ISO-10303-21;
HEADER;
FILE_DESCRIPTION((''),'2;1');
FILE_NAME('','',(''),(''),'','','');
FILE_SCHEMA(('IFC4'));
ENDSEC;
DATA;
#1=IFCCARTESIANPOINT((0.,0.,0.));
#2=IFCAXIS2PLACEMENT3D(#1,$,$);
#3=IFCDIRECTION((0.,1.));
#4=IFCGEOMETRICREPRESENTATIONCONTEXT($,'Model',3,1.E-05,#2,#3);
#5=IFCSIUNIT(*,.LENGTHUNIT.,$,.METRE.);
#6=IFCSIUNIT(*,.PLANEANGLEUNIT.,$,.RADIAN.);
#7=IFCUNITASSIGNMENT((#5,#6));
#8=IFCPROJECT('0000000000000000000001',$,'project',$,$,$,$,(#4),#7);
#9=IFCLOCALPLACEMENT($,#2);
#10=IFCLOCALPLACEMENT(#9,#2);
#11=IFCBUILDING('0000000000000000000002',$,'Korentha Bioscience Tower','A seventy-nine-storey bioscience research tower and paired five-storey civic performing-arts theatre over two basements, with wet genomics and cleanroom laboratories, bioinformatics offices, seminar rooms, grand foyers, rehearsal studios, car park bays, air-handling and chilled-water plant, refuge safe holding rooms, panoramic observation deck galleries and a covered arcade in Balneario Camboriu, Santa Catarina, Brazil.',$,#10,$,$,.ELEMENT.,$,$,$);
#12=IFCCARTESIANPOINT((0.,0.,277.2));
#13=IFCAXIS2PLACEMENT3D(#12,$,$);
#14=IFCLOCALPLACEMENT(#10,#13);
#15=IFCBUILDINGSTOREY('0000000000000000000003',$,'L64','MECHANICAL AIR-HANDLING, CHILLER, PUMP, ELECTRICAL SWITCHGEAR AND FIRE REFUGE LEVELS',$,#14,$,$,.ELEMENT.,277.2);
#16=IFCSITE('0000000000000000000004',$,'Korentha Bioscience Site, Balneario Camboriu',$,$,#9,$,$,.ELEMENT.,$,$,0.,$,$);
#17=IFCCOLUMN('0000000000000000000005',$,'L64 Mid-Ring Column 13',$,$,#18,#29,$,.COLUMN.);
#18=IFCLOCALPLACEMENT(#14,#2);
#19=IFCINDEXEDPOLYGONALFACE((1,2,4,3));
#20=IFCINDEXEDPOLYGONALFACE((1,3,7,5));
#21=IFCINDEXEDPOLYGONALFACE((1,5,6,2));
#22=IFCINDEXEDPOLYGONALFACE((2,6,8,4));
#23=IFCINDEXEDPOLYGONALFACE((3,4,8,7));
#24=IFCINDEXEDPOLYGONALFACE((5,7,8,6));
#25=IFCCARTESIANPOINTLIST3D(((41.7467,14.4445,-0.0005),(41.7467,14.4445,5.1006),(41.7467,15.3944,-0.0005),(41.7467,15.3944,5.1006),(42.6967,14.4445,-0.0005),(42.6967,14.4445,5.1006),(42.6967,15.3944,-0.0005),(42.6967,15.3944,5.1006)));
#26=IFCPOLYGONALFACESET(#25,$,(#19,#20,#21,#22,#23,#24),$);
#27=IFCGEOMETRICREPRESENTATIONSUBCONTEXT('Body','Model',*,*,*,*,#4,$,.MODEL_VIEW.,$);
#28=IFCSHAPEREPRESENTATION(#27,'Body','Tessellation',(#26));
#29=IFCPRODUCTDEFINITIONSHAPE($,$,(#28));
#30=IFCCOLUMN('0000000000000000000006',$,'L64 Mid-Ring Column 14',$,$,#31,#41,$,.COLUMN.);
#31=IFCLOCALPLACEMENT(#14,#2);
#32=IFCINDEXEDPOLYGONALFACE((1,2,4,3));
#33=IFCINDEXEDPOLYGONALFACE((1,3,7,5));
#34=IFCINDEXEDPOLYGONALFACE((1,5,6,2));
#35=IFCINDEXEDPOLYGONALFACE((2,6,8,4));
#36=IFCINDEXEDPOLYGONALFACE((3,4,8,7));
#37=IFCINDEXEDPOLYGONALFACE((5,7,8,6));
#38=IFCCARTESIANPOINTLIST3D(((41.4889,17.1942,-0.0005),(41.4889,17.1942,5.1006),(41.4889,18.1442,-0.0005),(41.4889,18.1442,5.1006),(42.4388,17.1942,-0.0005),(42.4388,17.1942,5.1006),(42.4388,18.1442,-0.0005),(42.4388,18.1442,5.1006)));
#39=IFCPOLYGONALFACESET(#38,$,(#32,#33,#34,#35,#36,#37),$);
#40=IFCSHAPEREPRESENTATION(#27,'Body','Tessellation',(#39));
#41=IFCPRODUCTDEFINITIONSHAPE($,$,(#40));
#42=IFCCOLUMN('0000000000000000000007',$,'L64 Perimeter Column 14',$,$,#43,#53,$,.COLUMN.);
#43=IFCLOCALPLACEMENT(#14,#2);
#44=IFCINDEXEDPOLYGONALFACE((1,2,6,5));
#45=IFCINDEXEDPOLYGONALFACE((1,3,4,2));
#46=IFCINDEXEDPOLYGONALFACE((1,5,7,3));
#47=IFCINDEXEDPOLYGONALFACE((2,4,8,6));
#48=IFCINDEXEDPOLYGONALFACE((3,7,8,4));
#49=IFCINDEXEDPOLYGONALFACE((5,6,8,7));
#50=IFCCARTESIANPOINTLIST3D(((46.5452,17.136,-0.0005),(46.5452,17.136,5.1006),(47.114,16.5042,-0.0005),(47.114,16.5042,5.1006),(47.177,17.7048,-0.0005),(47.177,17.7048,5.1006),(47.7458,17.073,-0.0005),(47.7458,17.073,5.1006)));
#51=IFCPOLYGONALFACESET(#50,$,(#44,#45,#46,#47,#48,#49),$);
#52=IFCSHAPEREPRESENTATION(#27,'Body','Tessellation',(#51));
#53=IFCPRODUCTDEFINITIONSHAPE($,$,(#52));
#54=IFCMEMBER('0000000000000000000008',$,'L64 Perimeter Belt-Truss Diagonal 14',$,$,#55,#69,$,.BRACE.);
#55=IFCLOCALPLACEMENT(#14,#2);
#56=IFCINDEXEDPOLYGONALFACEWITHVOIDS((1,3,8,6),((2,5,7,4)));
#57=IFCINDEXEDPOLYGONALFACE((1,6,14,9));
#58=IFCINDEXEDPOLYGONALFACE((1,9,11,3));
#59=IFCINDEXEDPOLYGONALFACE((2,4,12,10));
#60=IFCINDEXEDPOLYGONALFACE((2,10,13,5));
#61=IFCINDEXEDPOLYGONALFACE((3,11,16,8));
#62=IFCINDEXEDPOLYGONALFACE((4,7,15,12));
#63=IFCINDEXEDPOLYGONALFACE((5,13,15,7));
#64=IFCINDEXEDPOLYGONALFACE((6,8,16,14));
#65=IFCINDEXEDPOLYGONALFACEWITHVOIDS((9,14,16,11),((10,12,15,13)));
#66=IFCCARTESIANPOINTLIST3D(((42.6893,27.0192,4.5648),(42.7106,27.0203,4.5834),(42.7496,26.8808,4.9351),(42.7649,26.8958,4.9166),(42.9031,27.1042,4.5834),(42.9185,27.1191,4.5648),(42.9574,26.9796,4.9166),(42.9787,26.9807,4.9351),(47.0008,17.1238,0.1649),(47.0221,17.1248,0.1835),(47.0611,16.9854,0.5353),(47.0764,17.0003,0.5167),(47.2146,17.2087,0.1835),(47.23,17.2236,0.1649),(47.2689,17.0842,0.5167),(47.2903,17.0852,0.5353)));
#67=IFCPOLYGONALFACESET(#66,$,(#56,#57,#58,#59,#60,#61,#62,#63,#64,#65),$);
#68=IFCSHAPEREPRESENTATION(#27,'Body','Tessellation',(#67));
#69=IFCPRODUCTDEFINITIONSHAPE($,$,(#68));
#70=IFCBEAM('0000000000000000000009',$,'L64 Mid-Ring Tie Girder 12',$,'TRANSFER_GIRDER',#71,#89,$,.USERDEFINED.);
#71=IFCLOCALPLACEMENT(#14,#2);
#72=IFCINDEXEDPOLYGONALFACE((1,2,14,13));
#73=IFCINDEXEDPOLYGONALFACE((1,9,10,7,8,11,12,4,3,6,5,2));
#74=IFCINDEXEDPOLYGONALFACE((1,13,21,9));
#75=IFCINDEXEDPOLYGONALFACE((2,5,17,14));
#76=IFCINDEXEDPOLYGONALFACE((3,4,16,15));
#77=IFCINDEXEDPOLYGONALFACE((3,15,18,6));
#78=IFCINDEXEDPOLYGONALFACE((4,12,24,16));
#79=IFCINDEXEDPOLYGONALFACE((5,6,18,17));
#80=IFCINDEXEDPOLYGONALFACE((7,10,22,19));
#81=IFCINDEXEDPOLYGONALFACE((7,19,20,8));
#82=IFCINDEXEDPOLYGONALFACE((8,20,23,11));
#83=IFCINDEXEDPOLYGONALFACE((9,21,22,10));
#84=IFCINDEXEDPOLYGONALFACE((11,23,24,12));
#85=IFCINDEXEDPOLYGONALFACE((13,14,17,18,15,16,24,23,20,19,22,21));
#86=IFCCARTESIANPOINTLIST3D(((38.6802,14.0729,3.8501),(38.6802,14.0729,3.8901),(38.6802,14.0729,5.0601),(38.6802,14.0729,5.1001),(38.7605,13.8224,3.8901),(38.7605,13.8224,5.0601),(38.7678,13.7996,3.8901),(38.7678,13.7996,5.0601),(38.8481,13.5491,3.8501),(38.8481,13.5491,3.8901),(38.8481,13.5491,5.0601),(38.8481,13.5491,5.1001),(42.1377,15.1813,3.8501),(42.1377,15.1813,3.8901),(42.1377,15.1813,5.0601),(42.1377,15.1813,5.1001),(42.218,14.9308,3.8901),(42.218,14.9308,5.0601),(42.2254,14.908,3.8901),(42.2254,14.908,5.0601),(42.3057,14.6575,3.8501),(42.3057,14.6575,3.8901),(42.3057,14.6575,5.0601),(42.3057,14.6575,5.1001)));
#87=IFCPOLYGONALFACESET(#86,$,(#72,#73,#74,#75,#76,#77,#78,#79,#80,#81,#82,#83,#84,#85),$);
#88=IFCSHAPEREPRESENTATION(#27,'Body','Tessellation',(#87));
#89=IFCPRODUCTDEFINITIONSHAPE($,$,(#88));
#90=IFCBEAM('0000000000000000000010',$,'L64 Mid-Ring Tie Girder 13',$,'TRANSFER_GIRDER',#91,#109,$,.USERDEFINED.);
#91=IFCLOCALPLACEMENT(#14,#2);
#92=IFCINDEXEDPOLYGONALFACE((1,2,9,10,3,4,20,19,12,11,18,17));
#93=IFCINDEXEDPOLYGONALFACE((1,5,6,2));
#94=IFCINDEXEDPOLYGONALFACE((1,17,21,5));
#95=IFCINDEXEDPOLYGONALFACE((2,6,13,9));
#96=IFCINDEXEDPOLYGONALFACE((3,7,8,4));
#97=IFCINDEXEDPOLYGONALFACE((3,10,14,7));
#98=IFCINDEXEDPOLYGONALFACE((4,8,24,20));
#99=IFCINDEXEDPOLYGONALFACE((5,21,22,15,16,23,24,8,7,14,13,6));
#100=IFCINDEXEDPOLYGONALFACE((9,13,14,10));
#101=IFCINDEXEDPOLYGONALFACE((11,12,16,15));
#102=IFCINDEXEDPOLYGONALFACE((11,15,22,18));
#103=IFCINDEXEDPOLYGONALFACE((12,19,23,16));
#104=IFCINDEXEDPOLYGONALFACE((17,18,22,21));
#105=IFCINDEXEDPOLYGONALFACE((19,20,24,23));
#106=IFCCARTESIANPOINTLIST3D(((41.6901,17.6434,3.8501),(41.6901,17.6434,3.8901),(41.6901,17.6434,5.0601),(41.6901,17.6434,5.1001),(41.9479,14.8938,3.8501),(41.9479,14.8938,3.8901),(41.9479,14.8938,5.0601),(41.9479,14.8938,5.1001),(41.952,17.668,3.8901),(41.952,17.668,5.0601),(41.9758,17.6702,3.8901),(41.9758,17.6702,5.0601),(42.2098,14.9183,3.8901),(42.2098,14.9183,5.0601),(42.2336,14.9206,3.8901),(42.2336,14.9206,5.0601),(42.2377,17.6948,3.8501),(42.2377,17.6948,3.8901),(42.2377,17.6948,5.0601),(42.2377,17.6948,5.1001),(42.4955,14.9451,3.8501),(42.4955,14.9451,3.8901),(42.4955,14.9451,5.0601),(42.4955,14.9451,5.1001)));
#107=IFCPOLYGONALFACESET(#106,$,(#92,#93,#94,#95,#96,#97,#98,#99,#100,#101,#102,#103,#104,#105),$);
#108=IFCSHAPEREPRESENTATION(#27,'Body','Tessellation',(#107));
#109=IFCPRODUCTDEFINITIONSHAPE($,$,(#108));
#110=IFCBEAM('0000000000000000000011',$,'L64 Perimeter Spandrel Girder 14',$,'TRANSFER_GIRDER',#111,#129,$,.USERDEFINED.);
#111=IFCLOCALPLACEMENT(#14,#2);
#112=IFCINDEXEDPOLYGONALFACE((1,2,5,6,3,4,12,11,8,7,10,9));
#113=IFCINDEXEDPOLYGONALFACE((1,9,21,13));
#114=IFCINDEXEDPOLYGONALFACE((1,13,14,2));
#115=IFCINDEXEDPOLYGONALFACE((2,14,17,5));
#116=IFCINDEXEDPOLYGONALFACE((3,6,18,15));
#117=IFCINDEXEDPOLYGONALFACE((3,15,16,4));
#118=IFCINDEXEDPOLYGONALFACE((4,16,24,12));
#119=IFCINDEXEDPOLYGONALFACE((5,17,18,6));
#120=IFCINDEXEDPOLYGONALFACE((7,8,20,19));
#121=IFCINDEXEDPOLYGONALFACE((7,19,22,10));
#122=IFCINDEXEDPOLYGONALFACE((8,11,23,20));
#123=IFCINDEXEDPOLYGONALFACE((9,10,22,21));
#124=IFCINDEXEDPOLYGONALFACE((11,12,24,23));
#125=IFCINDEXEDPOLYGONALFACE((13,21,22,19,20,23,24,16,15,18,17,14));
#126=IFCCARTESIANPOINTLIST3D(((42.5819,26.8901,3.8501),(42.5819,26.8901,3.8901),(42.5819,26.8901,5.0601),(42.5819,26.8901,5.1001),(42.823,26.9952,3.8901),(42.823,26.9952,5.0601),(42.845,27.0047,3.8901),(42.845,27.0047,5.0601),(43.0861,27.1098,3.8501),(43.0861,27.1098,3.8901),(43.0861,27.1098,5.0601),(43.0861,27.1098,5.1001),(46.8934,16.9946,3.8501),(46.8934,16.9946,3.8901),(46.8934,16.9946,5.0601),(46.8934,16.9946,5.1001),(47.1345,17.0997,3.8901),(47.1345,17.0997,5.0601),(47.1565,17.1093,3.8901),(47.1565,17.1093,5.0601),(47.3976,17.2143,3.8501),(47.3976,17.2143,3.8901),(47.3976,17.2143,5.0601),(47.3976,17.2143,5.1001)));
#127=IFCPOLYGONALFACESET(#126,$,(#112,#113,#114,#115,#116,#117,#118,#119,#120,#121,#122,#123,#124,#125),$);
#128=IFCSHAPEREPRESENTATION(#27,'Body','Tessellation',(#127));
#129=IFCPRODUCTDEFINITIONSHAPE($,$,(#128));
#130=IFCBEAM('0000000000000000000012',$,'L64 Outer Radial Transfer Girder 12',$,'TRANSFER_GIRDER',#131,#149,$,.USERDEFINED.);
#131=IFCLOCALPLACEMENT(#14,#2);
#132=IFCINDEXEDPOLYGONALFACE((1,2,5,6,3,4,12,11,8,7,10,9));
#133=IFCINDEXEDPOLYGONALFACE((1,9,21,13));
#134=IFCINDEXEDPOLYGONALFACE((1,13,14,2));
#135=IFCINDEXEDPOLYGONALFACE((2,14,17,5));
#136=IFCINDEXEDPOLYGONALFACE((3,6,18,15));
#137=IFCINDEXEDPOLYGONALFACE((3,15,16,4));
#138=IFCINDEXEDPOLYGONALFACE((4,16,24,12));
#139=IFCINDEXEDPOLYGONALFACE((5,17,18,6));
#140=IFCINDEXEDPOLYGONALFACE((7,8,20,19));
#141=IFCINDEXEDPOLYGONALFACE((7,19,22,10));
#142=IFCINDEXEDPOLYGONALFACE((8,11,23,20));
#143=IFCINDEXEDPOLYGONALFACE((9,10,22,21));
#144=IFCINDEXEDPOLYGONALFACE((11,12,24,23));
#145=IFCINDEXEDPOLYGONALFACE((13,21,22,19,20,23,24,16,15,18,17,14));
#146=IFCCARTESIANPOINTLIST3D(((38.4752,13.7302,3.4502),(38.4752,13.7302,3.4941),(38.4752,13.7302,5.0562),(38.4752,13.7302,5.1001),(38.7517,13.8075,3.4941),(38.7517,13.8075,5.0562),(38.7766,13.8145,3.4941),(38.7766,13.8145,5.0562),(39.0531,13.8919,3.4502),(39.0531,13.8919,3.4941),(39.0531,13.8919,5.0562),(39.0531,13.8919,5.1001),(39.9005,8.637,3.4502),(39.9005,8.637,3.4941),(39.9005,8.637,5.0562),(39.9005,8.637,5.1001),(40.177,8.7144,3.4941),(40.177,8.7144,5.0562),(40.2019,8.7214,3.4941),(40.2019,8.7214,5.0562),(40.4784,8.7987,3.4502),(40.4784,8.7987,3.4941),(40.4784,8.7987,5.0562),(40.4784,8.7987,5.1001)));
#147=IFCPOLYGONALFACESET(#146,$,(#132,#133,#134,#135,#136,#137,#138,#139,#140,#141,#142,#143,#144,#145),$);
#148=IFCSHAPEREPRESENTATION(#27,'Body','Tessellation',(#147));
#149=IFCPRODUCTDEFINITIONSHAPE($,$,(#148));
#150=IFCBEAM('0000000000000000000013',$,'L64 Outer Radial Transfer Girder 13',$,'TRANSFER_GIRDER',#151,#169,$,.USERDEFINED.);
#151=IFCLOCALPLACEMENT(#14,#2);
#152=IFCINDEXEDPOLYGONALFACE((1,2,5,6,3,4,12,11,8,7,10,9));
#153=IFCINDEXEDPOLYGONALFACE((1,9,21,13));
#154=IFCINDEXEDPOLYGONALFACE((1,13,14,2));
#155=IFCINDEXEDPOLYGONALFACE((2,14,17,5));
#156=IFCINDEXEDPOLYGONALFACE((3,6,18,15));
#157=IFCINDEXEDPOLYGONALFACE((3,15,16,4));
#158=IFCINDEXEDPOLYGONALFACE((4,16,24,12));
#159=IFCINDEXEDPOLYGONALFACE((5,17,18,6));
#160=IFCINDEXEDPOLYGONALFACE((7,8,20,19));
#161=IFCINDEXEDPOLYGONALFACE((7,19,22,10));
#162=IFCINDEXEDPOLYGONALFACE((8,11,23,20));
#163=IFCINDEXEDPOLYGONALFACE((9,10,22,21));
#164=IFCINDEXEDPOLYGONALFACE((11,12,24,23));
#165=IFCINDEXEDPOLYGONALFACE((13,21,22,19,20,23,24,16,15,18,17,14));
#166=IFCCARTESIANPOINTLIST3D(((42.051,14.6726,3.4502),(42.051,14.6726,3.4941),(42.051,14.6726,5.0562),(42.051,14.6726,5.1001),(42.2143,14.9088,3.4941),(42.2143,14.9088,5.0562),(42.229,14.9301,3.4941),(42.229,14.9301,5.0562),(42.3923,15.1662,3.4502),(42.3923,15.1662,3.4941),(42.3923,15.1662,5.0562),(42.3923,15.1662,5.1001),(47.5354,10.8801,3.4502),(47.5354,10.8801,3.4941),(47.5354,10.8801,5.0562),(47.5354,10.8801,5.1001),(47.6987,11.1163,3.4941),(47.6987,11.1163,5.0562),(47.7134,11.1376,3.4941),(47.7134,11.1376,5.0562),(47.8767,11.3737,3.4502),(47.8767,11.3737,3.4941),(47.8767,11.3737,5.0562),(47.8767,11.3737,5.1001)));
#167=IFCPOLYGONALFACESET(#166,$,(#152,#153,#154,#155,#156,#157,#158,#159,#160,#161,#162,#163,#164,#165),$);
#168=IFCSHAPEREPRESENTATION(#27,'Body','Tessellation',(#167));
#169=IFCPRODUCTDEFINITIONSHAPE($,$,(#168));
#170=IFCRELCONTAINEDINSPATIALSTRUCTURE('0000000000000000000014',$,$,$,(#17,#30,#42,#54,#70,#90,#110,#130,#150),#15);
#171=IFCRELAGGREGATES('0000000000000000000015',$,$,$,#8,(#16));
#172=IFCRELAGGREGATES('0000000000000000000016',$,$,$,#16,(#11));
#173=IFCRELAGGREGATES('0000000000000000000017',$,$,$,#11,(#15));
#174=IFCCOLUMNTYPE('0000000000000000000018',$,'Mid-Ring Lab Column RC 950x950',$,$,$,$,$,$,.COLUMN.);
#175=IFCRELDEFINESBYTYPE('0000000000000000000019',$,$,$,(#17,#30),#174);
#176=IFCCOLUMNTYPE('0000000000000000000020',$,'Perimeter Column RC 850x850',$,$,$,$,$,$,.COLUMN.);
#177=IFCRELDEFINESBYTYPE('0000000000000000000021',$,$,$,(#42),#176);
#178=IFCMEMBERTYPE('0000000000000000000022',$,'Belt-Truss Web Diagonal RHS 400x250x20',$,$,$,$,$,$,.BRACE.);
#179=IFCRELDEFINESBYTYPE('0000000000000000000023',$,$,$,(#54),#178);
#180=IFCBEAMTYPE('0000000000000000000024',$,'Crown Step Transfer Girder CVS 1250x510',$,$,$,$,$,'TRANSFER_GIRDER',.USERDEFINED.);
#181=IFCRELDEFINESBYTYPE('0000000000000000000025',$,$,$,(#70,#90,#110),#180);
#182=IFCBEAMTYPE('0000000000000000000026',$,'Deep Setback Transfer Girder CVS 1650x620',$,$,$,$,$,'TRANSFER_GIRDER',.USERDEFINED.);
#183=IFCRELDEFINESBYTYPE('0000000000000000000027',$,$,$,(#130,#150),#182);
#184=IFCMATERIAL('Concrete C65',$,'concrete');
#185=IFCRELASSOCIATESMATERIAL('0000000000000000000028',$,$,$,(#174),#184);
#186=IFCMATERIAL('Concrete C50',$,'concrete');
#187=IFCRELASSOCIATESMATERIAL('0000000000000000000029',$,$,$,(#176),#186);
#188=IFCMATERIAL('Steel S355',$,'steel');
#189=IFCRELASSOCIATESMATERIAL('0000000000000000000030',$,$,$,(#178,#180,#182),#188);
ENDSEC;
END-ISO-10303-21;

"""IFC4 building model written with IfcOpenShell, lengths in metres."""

from ifc_helpers import new_model, si_unit, direction, frame, origin, origin_2d, place, context, subcontext, project, spatial, rectangle, hollow_rectangle, i_section, extrude, material, material_profile, profile_set, type_object, element, save


model = new_model("IFC4")

# Units and contexts
model_context = context("Model", 3, precision=1e-05, world=origin(), true_north=direction((0.0, 1.0)))
body_context = subcontext(model_context, "Body", "Model", "MODEL_VIEW")
ifc_project = project(units=[si_unit("LENGTHUNIT", "METRE"), si_unit("PLANEANGLEUNIT", "RADIAN")], contexts=[model_context])

# Site, building, storey
site_placement = place(None, origin())
site = spatial("IfcSite", under=ifc_project, at=site_placement, Name="Korentha Bioscience Site, Balneario Camboriu", CompositionType="ELEMENT", RefElevation=0.0)
building_placement = place(site_placement, origin())
building = spatial("IfcBuilding", under=site, at=building_placement, Name="Korentha Bioscience Tower", Description="A seventy-nine-storey bioscience research tower and paired five-storey civic performing-arts theatre over two basements, with wet genomics and cleanroom laboratories, bioinformatics offices, seminar rooms, grand foyers, rehearsal studios, car park bays, air-handling and chilled-water plant, refuge safe holding rooms, panoramic observation deck galleries and a covered arcade in Balneario Camboriu, Santa Catarina, Brazil.", CompositionType="ELEMENT")
storey_placement = place(building_placement, frame((0.0, 0.0, 277.2)))
storey = spatial("IfcBuildingStorey", under=building, at=storey_placement, Name="L64", Description="MECHANICAL AIR-HANDLING, CHILLER, PUMP, ELECTRICAL SWITCHGEAR AND FIRE REFUGE LEVELS", CompositionType="ELEMENT", Elevation=277.2)

# Columns
ifc_material_1 = material(Name="Concrete C65", Category="concrete")
ifc_material_profile_1 = material_profile(ifc_material_1, rectangle(XDim=0.95, YDim=0.95, at=origin_2d()), Name="Concrete C65")
ifc_profile_set_1 = profile_set([ifc_material_profile_1], Name="Concrete C65 (COL-MR09)")
column_type_1 = type_object("IfcColumnType", Name="Mid-Ring Lab Column RC 950x950", PredefinedType="COLUMN", material=ifc_profile_set_1)
for number, where, z_axis, x_axis, name in (
    (1, (42.2217, 14.9194, -0.0005), (0.0, 0.0, 1.0), (1.0, 0.0, 0.0), "L64 Mid-Ring Column 13"),
    (2, (41.9639, 17.6692, -0.0005), (0.0, 0.0, 1.0), (1.0, 0.0, 0.0), "L64 Mid-Ring Column 14"),
):
    element("IfcColumn", number, at=place(storey_placement, frame(where, z_axis=z_axis, x_axis=x_axis)), inside=storey, type_object=column_type_1, Name=name, PredefinedType="COLUMN", context=body_context, shape_type="SweptSolid", body=[
        extrude(rectangle(XDim=0.95, YDim=0.95, at=origin_2d()), origin(), (0.0, 0.0, 1.0), 5.1011),
    ])
ifc_material_2 = material(Name="Concrete C50", Category="concrete")
ifc_material_profile_2 = material_profile(ifc_material_2, rectangle(XDim=0.8501, YDim=0.8501, at=origin_2d()), Name="Concrete C50")
ifc_profile_set_2 = profile_set([ifc_material_profile_2], Name="Concrete C50 (COL-P08)")
column_type_2 = type_object("IfcColumnType", Name="Perimeter Column RC 850x850", PredefinedType="COLUMN", material=ifc_profile_set_2)
column_placement = place(storey_placement, frame((47.1455, 17.1045, -0.0005), z_axis=(0.0, 0.0, 1.0), x_axis=(-0.669131, 0.743145, 0.0)))
element("IfcColumn", 3, at=column_placement, inside=storey, type_object=column_type_2, Name="L64 Perimeter Column 14", PredefinedType="COLUMN", context=body_context, shape_type="SweptSolid", body=[
    extrude(rectangle(XDim=0.8501, YDim=0.8501, at=origin_2d()), origin(), (0.0, 0.0, 1.0), 5.1011),
])

# Member
ifc_material_3 = material(Name="Steel S355", Category="steel")
ifc_material_profile_3 = material_profile(ifc_material_3, hollow_rectangle(XDim=0.25, YDim=0.3999, WallThickness=0.02, at=origin_2d()), Name="Steel S355")
ifc_profile_set_3 = profile_set([ifc_material_profile_3], Name="Steel S355 (BT-D400)")
member_type = type_object("IfcMemberType", Name="Belt-Truss Web Diagonal RHS 400x250x20", PredefinedType="BRACE", material=ifc_profile_set_3)
member_placement = place(storey_placement, frame((47.1455, 17.1045, 0.3501), z_axis=(-0.369888, 0.84894, 0.37747), x_axis=(-0.916761, -0.399437, 0.0)))
element("IfcMember", 4, at=member_placement, inside=storey, type_object=member_type, Name="L64 Perimeter Belt-Truss Diagonal 14", PredefinedType="BRACE", context=body_context, shape_type="SweptSolid", body=[
    extrude(hollow_rectangle(XDim=0.25, YDim=0.3999, WallThickness=0.02, at=origin_2d()), origin(), (0.0, 0.0, 1.0), 11.6562),
])

# Beams
ifc_material_profile_4 = material_profile(ifc_material_3, i_section(OverallWidth=0.55, OverallDepth=1.25, WebThickness=0.0239, FlangeThickness=0.04, at=origin_2d()), Name="Steel S355")
ifc_profile_set_4 = profile_set([ifc_material_profile_4], Name="Steel S355 (TG-03)")
beam_type_1 = type_object("IfcBeamType", Name="Crown Step Transfer Girder CVS 1250x510", ElementType="TRANSFER_GIRDER", PredefinedType="USERDEFINED", material=ifc_profile_set_4)
beam_1_placement = place(storey_placement, frame((38.7642, 13.811, 4.4751), z_axis=(0.952265, 0.305273, 0.0), x_axis=(-0.305273, 0.952265, 0.0)))
element("IfcBeam", 5, at=beam_1_placement, inside=storey, type_object=beam_type_1, Name="L64 Mid-Ring Tie Girder 12", ObjectType="TRANSFER_GIRDER", PredefinedType="USERDEFINED", context=body_context, shape_type="SweptSolid", body=[
    extrude(i_section(OverallWidth=0.55, OverallDepth=1.25, WebThickness=0.0239, FlangeThickness=0.04, at=origin_2d()), origin(), (0.0, 0.0, 1.0), 3.6309),
])
beam_2_placement = place(storey_placement, frame((42.2217, 14.9194, 4.4751), z_axis=(-0.093349, 0.995633, 0.0), x_axis=(-0.995633, -0.093349, 0.0)))
element("IfcBeam", 6, at=beam_2_placement, inside=storey, type_object=beam_type_1, Name="L64 Mid-Ring Tie Girder 13", ObjectType="TRANSFER_GIRDER", PredefinedType="USERDEFINED", context=body_context, shape_type="SweptSolid", body=[
    extrude(i_section(OverallWidth=0.55, OverallDepth=1.25, WebThickness=0.0239, FlangeThickness=0.04, at=origin_2d()), origin(), (0.0, 0.0, 1.0), 2.7617),
])
beam_3_placement = place(storey_placement, frame((47.1455, 17.1045, 4.4751), z_axis=(-0.399437, 0.916761, 0.0), x_axis=(-0.916761, -0.399437, 0.0)))
element("IfcBeam", 7, at=beam_3_placement, inside=storey, type_object=beam_type_1, Name="L64 Perimeter Spandrel Girder 14", ObjectType="TRANSFER_GIRDER", PredefinedType="USERDEFINED", context=body_context, shape_type="SweptSolid", body=[
    extrude(i_section(OverallWidth=0.55, OverallDepth=1.25, WebThickness=0.0239, FlangeThickness=0.04, at=origin_2d()), origin(), (0.0, 0.0, 1.0), 10.7939),
])
ifc_material_profile_5 = material_profile(ifc_material_3, i_section(OverallWidth=0.6001, OverallDepth=1.6499, WebThickness=0.0259, FlangeThickness=0.0439, at=origin_2d()), Name="Steel S355")
ifc_profile_set_5 = profile_set([ifc_material_profile_5], Name="Steel S355 (TG-04)")
beam_type_2 = type_object("IfcBeamType", Name="Deep Setback Transfer Girder CVS 1650x620", ElementType="TRANSFER_GIRDER", PredefinedType="USERDEFINED", material=ifc_profile_set_5)
beam_4_placement = place(storey_placement, frame((38.7642, 13.811, 4.2751), z_axis=(0.269486, -0.963004, 0.0), x_axis=(0.963004, 0.269486, 0.0)))
element("IfcBeam", 8, at=beam_4_placement, inside=storey, type_object=beam_type_2, Name="L64 Outer Radial Transfer Girder 12", ObjectType="TRANSFER_GIRDER", PredefinedType="USERDEFINED", context=body_context, shape_type="SweptSolid", body=[
    extrude(i_section(OverallWidth=0.6001, OverallDepth=1.6499, WebThickness=0.0259, FlangeThickness=0.0439, at=origin_2d()), origin(), (0.0, 0.0, 1.0), 5.2888),
])
beam_5_placement = place(storey_placement, frame((42.2217, 14.9194, 4.2751), z_axis=(0.822501, -0.568764, 0.0), x_axis=(0.568764, 0.822501, 0.0)))
element("IfcBeam", 9, at=beam_5_placement, inside=storey, type_object=beam_type_2, Name="L64 Outer Radial Transfer Girder 13", ObjectType="TRANSFER_GIRDER", PredefinedType="USERDEFINED", context=body_context, shape_type="SweptSolid", body=[
    extrude(i_section(OverallWidth=0.6001, OverallDepth=1.6499, WebThickness=0.0259, FlangeThickness=0.0439, at=origin_2d()), origin(), (0.0, 0.0, 1.0), 6.668),
])

save(model, "model.ifc")
